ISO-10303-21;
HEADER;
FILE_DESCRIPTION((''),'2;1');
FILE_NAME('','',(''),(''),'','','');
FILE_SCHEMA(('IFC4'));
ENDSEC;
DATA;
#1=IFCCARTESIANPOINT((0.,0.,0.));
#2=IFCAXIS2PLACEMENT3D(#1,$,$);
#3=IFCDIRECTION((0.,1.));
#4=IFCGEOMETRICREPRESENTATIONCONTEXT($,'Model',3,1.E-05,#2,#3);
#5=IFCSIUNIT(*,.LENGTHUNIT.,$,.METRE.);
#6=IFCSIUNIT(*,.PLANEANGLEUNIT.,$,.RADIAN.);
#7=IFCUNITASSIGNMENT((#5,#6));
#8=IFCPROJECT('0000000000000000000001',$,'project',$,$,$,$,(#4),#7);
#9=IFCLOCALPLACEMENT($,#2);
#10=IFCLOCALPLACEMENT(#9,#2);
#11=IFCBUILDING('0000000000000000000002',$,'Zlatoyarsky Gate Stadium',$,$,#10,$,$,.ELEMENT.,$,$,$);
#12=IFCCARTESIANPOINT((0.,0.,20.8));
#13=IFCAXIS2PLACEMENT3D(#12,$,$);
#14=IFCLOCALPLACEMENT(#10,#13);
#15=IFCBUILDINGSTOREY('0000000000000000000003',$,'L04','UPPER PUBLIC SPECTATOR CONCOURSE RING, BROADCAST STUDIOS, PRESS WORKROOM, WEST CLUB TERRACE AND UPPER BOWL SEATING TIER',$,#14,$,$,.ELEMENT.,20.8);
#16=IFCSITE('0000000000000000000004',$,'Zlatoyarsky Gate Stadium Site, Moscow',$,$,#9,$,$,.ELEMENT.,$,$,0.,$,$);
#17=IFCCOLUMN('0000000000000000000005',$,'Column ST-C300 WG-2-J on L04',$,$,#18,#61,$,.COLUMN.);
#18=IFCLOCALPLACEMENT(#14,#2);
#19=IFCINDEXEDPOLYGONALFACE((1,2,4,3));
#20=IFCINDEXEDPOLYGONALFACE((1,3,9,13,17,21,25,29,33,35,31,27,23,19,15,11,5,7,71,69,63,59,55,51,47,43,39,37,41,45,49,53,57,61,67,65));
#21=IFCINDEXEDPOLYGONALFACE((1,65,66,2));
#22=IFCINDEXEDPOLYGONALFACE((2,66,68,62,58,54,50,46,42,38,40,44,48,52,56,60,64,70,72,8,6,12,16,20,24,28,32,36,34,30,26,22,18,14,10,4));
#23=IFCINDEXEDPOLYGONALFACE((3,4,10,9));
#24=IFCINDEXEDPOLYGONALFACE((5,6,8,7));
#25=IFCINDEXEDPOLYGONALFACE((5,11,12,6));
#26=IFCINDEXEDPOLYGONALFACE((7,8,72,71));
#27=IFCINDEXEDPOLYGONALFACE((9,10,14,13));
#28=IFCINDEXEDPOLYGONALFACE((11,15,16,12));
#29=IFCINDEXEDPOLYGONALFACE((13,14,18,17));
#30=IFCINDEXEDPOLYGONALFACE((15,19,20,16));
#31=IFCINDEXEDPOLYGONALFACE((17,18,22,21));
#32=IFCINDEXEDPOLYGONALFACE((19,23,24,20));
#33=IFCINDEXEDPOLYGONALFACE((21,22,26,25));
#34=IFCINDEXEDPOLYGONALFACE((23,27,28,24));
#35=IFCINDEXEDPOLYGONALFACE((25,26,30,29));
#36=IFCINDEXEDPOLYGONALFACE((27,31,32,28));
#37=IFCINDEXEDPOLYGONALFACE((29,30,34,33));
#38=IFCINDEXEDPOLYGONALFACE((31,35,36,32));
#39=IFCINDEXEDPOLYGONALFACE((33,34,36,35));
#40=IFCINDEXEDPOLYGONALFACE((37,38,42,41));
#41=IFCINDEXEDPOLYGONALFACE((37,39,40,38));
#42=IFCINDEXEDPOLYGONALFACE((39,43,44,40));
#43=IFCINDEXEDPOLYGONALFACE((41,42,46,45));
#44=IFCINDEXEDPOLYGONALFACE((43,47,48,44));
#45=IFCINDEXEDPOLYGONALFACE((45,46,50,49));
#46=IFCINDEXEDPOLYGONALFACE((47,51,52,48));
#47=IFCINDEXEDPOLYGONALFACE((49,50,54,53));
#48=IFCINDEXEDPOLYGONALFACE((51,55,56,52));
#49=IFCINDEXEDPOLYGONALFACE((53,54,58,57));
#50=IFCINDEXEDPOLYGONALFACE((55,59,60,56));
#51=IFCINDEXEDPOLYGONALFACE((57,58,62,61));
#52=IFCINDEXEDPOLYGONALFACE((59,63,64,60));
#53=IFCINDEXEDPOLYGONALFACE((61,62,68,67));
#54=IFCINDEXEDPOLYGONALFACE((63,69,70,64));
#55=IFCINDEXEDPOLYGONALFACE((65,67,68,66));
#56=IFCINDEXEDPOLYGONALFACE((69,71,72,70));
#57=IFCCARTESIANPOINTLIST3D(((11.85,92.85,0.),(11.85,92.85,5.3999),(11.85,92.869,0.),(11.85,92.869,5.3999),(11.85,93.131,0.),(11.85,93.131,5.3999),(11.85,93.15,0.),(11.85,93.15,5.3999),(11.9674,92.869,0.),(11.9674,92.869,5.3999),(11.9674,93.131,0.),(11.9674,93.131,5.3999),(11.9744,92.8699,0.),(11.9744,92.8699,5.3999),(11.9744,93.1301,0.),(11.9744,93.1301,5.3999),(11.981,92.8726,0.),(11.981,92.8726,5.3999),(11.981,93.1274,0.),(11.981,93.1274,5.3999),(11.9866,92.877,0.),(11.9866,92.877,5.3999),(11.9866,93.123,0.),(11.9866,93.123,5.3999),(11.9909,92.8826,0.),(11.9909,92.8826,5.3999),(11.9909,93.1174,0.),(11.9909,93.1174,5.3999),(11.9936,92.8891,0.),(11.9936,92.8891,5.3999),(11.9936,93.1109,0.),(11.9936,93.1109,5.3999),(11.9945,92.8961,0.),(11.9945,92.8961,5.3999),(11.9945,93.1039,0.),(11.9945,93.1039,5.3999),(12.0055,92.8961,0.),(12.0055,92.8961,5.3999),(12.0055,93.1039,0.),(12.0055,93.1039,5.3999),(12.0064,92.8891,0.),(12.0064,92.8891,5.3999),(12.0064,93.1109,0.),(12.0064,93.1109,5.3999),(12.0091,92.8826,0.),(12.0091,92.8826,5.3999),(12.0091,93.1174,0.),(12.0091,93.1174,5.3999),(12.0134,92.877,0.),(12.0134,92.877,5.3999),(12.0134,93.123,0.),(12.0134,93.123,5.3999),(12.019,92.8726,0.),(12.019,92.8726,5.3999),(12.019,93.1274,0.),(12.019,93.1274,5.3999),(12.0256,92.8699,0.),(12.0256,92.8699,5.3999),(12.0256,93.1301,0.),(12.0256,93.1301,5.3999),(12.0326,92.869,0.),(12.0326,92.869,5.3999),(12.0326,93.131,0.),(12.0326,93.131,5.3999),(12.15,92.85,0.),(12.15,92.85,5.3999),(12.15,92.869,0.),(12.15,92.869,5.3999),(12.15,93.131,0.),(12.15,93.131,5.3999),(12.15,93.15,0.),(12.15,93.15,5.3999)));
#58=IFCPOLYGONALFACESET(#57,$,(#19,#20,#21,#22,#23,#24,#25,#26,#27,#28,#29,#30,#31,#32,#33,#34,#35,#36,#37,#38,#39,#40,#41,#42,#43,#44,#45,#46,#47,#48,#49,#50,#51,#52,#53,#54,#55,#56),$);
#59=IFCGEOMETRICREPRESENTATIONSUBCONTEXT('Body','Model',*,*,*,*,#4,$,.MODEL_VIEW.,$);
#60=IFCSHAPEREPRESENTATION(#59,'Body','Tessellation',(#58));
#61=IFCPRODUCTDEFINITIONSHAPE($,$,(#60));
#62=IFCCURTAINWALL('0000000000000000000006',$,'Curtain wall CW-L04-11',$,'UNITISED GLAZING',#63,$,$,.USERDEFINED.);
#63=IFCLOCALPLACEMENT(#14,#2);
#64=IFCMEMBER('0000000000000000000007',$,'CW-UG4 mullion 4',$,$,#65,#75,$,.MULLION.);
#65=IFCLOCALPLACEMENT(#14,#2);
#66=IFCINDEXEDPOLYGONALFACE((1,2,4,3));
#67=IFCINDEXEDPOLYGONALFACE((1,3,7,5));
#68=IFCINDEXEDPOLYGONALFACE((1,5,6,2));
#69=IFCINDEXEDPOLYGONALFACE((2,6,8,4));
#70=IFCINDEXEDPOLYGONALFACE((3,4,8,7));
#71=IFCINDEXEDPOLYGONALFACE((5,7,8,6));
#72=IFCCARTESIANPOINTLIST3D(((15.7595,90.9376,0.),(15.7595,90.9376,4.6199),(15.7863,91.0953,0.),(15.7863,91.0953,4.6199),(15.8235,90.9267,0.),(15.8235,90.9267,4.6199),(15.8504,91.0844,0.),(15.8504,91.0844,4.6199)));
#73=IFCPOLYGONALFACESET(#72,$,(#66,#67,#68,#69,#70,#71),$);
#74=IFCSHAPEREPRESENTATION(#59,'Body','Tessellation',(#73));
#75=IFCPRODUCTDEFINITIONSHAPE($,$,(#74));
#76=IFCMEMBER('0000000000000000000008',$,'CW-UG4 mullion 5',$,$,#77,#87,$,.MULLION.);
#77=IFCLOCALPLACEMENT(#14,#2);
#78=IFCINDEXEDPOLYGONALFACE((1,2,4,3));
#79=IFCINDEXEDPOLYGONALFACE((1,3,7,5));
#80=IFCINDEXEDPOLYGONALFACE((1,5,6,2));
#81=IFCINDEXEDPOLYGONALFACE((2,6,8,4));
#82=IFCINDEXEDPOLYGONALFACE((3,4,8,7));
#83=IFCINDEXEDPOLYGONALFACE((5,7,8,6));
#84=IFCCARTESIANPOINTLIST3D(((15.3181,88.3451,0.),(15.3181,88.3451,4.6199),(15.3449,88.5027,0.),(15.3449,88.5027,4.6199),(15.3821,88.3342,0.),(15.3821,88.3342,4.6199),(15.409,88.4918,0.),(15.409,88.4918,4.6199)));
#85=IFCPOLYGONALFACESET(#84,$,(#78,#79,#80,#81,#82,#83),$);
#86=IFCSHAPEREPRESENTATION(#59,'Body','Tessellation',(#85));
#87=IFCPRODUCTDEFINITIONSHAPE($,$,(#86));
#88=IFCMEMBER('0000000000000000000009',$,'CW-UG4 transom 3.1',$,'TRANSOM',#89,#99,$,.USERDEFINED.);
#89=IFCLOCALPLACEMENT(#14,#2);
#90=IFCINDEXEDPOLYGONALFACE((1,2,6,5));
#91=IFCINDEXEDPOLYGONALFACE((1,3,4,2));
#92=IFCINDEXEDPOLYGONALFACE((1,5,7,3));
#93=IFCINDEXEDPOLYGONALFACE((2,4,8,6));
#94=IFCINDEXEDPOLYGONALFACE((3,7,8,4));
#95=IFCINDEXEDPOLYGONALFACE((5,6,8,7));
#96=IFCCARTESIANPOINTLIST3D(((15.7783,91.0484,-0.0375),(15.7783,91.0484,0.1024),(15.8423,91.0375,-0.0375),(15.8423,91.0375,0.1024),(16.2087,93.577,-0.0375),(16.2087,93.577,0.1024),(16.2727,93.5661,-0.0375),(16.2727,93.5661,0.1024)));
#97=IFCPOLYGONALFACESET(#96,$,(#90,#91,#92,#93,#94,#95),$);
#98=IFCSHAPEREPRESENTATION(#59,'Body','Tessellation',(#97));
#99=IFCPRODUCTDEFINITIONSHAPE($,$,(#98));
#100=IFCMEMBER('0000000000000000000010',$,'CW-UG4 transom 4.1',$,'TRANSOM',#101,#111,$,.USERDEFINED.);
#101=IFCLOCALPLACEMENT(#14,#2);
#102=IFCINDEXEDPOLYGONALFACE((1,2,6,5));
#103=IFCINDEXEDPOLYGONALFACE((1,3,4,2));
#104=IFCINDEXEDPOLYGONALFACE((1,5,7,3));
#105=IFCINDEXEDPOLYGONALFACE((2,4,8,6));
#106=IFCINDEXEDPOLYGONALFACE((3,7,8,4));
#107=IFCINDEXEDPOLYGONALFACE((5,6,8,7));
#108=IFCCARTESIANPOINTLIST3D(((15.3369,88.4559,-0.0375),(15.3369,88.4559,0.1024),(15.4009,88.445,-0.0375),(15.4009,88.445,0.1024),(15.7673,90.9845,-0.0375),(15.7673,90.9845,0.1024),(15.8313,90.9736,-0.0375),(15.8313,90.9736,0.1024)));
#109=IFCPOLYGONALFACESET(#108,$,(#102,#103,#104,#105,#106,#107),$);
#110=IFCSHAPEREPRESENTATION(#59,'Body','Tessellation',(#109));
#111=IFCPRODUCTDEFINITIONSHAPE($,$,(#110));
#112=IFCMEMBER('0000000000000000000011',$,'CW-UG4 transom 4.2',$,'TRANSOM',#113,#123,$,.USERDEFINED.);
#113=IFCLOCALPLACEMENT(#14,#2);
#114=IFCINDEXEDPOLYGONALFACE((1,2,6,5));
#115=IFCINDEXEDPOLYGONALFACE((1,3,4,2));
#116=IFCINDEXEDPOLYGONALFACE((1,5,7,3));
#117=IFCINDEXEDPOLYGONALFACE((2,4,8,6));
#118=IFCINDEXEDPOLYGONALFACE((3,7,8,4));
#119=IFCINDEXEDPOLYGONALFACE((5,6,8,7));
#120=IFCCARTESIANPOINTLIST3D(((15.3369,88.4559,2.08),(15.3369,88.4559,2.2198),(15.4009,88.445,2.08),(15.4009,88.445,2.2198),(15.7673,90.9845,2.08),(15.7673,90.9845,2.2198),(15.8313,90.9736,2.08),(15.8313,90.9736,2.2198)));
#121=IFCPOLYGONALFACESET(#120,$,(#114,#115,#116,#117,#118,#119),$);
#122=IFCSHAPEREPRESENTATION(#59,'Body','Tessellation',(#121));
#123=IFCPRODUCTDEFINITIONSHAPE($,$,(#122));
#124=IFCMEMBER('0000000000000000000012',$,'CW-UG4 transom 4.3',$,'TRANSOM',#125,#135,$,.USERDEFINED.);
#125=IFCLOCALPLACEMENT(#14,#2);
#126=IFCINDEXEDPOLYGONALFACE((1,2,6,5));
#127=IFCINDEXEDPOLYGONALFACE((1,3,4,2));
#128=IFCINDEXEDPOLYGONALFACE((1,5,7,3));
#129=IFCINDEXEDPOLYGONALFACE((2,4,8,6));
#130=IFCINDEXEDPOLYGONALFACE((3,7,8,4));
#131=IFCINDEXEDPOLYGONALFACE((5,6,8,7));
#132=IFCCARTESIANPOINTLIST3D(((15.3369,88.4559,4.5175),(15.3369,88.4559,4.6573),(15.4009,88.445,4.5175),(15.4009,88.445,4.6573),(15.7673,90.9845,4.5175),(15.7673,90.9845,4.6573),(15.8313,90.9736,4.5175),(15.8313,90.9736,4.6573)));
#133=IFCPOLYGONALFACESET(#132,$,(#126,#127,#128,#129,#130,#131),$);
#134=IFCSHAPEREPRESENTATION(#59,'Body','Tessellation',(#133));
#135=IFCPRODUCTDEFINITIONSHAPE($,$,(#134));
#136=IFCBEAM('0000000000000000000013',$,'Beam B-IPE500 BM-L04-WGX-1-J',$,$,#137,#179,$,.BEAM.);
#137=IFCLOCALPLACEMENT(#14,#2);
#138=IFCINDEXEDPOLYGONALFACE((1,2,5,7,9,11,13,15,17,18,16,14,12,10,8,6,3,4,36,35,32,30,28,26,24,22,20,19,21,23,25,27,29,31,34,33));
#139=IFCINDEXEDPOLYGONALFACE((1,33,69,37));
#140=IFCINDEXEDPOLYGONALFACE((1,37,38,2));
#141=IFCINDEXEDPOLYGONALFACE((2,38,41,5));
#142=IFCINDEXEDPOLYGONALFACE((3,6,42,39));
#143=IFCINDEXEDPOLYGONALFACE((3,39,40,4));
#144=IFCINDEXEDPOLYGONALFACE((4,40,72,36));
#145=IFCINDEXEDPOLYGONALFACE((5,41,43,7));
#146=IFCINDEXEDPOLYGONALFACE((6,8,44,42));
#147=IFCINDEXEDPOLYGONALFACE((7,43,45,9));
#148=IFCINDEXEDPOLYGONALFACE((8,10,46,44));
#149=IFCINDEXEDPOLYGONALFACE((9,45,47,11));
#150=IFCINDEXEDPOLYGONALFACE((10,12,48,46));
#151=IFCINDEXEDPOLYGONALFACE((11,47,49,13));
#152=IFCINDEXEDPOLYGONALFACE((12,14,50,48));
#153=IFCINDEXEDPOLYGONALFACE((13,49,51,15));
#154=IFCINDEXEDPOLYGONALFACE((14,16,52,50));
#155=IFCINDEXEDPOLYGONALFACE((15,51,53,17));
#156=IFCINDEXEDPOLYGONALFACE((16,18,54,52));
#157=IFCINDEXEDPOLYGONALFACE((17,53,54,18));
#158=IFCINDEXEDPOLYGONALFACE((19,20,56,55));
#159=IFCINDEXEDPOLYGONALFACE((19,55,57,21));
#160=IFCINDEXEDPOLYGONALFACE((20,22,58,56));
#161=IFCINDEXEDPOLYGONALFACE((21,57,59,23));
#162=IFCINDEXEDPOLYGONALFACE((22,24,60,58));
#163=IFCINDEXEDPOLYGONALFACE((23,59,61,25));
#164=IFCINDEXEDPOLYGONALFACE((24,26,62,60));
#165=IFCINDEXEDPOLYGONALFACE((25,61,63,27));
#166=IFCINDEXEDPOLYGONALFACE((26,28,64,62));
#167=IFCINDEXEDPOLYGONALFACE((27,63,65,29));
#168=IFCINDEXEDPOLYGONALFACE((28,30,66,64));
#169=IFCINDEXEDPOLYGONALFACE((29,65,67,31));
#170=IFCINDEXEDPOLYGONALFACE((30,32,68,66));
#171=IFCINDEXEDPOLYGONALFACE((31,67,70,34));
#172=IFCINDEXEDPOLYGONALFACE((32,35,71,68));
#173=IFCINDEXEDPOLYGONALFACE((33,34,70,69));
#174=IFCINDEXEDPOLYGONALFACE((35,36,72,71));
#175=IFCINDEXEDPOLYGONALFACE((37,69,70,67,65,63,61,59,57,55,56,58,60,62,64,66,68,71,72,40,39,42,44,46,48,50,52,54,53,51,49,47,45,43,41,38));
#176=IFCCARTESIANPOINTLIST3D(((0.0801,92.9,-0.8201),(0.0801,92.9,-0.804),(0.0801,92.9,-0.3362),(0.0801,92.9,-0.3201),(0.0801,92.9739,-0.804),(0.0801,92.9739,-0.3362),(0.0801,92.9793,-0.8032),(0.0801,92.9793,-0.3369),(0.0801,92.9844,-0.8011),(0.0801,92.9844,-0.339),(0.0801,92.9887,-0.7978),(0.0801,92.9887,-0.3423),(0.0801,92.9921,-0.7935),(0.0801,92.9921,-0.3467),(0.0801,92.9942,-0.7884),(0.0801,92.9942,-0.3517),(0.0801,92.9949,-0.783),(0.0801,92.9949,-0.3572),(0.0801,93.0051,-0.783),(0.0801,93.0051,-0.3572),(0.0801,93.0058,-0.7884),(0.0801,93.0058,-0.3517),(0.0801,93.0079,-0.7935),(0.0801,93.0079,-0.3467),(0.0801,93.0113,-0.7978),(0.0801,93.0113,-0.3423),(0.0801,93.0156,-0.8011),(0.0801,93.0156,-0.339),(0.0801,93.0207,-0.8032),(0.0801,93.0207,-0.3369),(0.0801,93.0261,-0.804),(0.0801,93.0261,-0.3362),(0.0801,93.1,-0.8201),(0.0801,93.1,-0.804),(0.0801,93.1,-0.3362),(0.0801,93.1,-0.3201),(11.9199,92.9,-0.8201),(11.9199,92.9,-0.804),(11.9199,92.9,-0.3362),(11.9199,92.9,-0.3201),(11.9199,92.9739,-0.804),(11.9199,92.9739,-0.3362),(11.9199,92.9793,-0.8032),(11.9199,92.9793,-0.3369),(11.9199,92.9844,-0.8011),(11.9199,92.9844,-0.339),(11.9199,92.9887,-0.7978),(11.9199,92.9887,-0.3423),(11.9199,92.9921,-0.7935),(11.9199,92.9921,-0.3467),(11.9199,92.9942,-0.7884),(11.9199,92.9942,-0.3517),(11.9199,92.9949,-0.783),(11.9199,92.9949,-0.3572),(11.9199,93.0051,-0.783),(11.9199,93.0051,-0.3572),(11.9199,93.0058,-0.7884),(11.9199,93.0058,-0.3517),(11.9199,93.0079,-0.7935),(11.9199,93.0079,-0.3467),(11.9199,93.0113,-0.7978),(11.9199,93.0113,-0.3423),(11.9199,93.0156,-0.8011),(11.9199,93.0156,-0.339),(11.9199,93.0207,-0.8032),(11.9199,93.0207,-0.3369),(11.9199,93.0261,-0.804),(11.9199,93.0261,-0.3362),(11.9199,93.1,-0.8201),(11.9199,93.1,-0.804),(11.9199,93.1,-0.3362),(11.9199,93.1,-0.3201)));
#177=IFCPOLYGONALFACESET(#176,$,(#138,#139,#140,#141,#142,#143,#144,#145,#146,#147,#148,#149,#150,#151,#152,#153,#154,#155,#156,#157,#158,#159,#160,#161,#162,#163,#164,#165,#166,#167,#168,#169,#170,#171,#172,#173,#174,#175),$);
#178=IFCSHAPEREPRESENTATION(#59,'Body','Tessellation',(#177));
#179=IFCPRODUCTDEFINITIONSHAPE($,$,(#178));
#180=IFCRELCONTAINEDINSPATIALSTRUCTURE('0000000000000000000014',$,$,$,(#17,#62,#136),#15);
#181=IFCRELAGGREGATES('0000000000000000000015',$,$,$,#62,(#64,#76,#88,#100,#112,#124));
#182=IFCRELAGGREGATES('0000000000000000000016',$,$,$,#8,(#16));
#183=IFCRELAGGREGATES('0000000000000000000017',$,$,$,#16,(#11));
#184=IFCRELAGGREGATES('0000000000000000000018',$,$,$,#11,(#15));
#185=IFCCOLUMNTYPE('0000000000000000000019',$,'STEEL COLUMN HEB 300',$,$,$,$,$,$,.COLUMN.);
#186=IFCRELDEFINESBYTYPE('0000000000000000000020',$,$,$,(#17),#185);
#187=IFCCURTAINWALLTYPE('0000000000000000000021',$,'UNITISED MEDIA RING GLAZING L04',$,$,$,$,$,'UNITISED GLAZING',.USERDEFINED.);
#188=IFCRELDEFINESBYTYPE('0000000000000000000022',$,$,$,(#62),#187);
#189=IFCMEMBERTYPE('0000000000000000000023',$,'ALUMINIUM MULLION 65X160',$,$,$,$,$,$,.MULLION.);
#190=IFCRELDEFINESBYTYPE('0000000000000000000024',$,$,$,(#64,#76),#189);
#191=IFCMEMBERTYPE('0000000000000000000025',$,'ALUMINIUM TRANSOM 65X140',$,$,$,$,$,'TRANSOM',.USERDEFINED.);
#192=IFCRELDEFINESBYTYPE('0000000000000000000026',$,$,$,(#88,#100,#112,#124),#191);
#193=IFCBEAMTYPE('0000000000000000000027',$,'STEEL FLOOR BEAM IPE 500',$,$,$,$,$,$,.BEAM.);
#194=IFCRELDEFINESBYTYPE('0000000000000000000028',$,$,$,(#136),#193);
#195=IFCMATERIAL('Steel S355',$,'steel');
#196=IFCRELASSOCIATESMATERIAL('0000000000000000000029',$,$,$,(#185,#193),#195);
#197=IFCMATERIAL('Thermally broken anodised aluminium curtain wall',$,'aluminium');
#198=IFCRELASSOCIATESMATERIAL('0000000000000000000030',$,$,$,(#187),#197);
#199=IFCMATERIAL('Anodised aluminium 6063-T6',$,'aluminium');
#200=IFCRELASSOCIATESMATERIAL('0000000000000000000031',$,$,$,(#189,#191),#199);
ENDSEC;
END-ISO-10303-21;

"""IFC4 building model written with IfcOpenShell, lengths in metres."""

from ifc_helpers import new_model, si_unit, direction, frame, origin, origin_2d, place, context, subcontext, project, spatial, rectangle, i_section, extrude, material, material_profile, profile_set, type_object, element, aggregate, save


model = new_model("IFC4")

# Units and contexts
model_context = context("Model", 3, precision=1e-05, world=origin(), true_north=direction((0.0, 1.0)))
body_context = subcontext(model_context, "Body", "Model", "MODEL_VIEW")
ifc_project = project(units=[si_unit("LENGTHUNIT", "METRE"), si_unit("PLANEANGLEUNIT", "RADIAN")], contexts=[model_context])

# Site, building, storey
site_placement = place(None, origin())
site = spatial("IfcSite", under=ifc_project, at=site_placement, Name="Zlatoyarsky Gate Stadium Site, Moscow", CompositionType="ELEMENT", RefElevation=0.0)
building_placement = place(site_placement, origin())
building = spatial("IfcBuilding", under=site, at=building_placement, Name="Zlatoyarsky Gate Stadium", CompositionType="ELEMENT")
storey_placement = place(building_placement, frame((0.0, 0.0, 20.8)))
storey = spatial("IfcBuildingStorey", under=building, at=storey_placement, Name="L04", Description="UPPER PUBLIC SPECTATOR CONCOURSE RING, BROADCAST STUDIOS, PRESS WORKROOM, WEST CLUB TERRACE AND UPPER BOWL SEATING TIER", CompositionType="ELEMENT", Elevation=20.8)

# Column
ifc_material_1 = material(Name="Steel S355", Category="steel")
ifc_material_profile_1 = material_profile(ifc_material_1, i_section(OverallWidth=0.3, OverallDepth=0.3, WebThickness=0.011, FlangeThickness=0.019, FilletRadius=0.0271, at=origin_2d()), Name="HEB 300")
ifc_profile_set_1 = profile_set([ifc_material_profile_1], Name="Steel S355")
column_type = type_object("IfcColumnType", Name="STEEL COLUMN HEB 300", PredefinedType="COLUMN", material=ifc_profile_set_1)
column_placement = place(storey_placement, frame((12.0, 93.0, 0.0), z_axis=(0.0, 0.0, 1.0), x_axis=(1.0, 0.0, 0.0)))
element("IfcColumn", 1, at=column_placement, inside=storey, type_object=column_type, Name="Column ST-C300 WG-2-J on L04", PredefinedType="COLUMN", context=body_context, shape_type="SweptSolid", body=[
    extrude(i_section(OverallWidth=0.3, OverallDepth=0.3, WebThickness=0.011, FlangeThickness=0.019, FilletRadius=0.0271, at=origin_2d()), origin(), (0.0, 0.0, 1.0), 5.3999),
])

# Curtain wall, members
ifc_material_2 = material(Name="Thermally broken anodised aluminium curtain wall", Category="aluminium")
curtain_wall_type = type_object("IfcCurtainWallType", Name="UNITISED MEDIA RING GLAZING L04", ElementType="UNITISED GLAZING", PredefinedType="USERDEFINED", material=ifc_material_2)
curtain_wall_placement = place(storey_placement, origin())
curtain_wall = element("IfcCurtainWall", 2, at=curtain_wall_placement, inside=storey, type_object=curtain_wall_type, Name="Curtain wall CW-L04-11", ObjectType="UNITISED GLAZING", PredefinedType="USERDEFINED")
ifc_material_3 = material(Name="Anodised aluminium 6063-T6", Category="aluminium")
ifc_material_profile_2 = material_profile(ifc_material_3, rectangle(XDim=0.0649, YDim=0.1599, at=origin_2d()), Name="ALU 65X160")
ifc_profile_set_2 = profile_set([ifc_material_profile_2], Name="Anodised aluminium 6063-T6")
member_type_1 = type_object("IfcMemberType", Name="ALUMINIUM MULLION 65X160", PredefinedType="MULLION", material=ifc_profile_set_2)
member_1_placement = place(storey_placement, frame((15.8049, 91.011, 0.0), z_axis=(0.0, 0.0, 1.0), x_axis=(0.985817, -0.167821, 0.0)))
member_1 = element("IfcMember", 3, at=member_1_placement, type_object=member_type_1, Name="CW-UG4 mullion 4", PredefinedType="MULLION", context=body_context, shape_type="SweptSolid", body=[
    extrude(rectangle(XDim=0.0649, YDim=0.1599, at=origin_2d()), origin(), (0.0, 0.0, 1.0), 4.6199),
])
member_2_placement = place(storey_placement, frame((15.3635, 88.4185, 0.0), z_axis=(0.0, 0.0, 1.0), x_axis=(0.985817, -0.167821, 0.0)))
member_2 = element("IfcMember", 4, at=member_2_placement, type_object=member_type_1, Name="CW-UG4 mullion 5", PredefinedType="MULLION", context=body_context, shape_type="SweptSolid", body=[
    extrude(rectangle(XDim=0.0649, YDim=0.1599, at=origin_2d()), origin(), (0.0, 0.0, 1.0), 4.6199),
])
ifc_material_profile_3 = material_profile(ifc_material_3, rectangle(XDim=0.0649, YDim=0.1399, at=origin_2d()), Name="ALU 65X140")
ifc_profile_set_3 = profile_set([ifc_material_profile_3], Name="Anodised aluminium 6063-T6")
member_type_2 = type_object("IfcMemberType", Name="ALUMINIUM TRANSOM 65X140", ElementType="TRANSOM", PredefinedType="USERDEFINED", material=ifc_profile_set_3)
member_3_placement = place(storey_placement, frame((16.2407, 93.5715, 0.0325), z_axis=(-0.167809, -0.985819, 0.0), x_axis=(0.985819, -0.167809, 0.0)))
member_3 = element("IfcMember", 5, at=member_3_placement, type_object=member_type_2, Name="CW-UG4 transom 3.1", ObjectType="TRANSOM", PredefinedType="USERDEFINED", context=body_context, shape_type="SweptSolid", body=[
    extrude(rectangle(XDim=0.0649, YDim=0.1399, at=origin_2d()), origin(), (0.0, 0.0, 1.0), 2.5649),
])
member_4_placement = place(storey_placement, frame((15.7993, 90.979, 0.0325), z_axis=(-0.167809, -0.985819, 0.0), x_axis=(0.985819, -0.167809, 0.0)))
member_4 = element("IfcMember", 6, at=member_4_placement, type_object=member_type_2, Name="CW-UG4 transom 4.1", ObjectType="TRANSOM", PredefinedType="USERDEFINED", context=body_context, shape_type="SweptSolid", body=[
    extrude(rectangle(XDim=0.0649, YDim=0.1399, at=origin_2d()), origin(), (0.0, 0.0, 1.0), 2.5649),
])
member_5_placement = place(storey_placement, frame((15.7993, 90.979, 2.1499), z_axis=(-0.167809, -0.985819, 0.0), x_axis=(0.985819, -0.167809, 0.0)))
member_5 = element("IfcMember", 7, at=member_5_placement, type_object=member_type_2, Name="CW-UG4 transom 4.2", ObjectType="TRANSOM", PredefinedType="USERDEFINED", context=body_context, shape_type="SweptSolid", body=[
    extrude(rectangle(XDim=0.0649, YDim=0.1399, at=origin_2d()), origin(), (0.0, 0.0, 1.0), 2.5649),
])
member_6_placement = place(storey_placement, frame((15.7993, 90.979, 4.5874), z_axis=(-0.167809, -0.985819, 0.0), x_axis=(0.985819, -0.167809, 0.0)))
member_6 = element("IfcMember", 8, at=member_6_placement, type_object=member_type_2, Name="CW-UG4 transom 4.3", ObjectType="TRANSOM", PredefinedType="USERDEFINED", context=body_context, shape_type="SweptSolid", body=[
    extrude(rectangle(XDim=0.0649, YDim=0.1399, at=origin_2d()), origin(), (0.0, 0.0, 1.0), 2.5649),
])

# Beam
ifc_material_profile_4 = material_profile(ifc_material_1, i_section(OverallWidth=0.2, OverallDepth=0.5, WebThickness=0.0103, FlangeThickness=0.0161, FilletRadius=0.021, at=origin_2d()), Name="IPE 500")
ifc_profile_set_4 = profile_set([ifc_material_profile_4], Name="Steel S355")
beam_type_1 = type_object("IfcBeamType", Name="STEEL FLOOR BEAM IPE 500", PredefinedType="BEAM", material=ifc_profile_set_4)
beam_placement = place(storey_placement, frame((0.0801, 93.0, -0.5701), z_axis=(1.0, 0.0, 0.0), x_axis=(0.0, 1.0, 0.0)))
element("IfcBeam", 9, at=beam_placement, inside=storey, type_object=beam_type_1, Name="Beam B-IPE500 BM-L04-WGX-1-J", PredefinedType="BEAM", context=body_context, shape_type="SweptSolid", body=[
    extrude(i_section(OverallWidth=0.2, OverallDepth=0.5, WebThickness=0.0103, FlangeThickness=0.0161, FilletRadius=0.021, at=origin_2d()), origin(), (0.0, 0.0, 1.0), 11.8398),
])

aggregate(curtain_wall, [member_1, member_2, member_3, member_4, member_5, member_6])

save(model, "model.ifc")
